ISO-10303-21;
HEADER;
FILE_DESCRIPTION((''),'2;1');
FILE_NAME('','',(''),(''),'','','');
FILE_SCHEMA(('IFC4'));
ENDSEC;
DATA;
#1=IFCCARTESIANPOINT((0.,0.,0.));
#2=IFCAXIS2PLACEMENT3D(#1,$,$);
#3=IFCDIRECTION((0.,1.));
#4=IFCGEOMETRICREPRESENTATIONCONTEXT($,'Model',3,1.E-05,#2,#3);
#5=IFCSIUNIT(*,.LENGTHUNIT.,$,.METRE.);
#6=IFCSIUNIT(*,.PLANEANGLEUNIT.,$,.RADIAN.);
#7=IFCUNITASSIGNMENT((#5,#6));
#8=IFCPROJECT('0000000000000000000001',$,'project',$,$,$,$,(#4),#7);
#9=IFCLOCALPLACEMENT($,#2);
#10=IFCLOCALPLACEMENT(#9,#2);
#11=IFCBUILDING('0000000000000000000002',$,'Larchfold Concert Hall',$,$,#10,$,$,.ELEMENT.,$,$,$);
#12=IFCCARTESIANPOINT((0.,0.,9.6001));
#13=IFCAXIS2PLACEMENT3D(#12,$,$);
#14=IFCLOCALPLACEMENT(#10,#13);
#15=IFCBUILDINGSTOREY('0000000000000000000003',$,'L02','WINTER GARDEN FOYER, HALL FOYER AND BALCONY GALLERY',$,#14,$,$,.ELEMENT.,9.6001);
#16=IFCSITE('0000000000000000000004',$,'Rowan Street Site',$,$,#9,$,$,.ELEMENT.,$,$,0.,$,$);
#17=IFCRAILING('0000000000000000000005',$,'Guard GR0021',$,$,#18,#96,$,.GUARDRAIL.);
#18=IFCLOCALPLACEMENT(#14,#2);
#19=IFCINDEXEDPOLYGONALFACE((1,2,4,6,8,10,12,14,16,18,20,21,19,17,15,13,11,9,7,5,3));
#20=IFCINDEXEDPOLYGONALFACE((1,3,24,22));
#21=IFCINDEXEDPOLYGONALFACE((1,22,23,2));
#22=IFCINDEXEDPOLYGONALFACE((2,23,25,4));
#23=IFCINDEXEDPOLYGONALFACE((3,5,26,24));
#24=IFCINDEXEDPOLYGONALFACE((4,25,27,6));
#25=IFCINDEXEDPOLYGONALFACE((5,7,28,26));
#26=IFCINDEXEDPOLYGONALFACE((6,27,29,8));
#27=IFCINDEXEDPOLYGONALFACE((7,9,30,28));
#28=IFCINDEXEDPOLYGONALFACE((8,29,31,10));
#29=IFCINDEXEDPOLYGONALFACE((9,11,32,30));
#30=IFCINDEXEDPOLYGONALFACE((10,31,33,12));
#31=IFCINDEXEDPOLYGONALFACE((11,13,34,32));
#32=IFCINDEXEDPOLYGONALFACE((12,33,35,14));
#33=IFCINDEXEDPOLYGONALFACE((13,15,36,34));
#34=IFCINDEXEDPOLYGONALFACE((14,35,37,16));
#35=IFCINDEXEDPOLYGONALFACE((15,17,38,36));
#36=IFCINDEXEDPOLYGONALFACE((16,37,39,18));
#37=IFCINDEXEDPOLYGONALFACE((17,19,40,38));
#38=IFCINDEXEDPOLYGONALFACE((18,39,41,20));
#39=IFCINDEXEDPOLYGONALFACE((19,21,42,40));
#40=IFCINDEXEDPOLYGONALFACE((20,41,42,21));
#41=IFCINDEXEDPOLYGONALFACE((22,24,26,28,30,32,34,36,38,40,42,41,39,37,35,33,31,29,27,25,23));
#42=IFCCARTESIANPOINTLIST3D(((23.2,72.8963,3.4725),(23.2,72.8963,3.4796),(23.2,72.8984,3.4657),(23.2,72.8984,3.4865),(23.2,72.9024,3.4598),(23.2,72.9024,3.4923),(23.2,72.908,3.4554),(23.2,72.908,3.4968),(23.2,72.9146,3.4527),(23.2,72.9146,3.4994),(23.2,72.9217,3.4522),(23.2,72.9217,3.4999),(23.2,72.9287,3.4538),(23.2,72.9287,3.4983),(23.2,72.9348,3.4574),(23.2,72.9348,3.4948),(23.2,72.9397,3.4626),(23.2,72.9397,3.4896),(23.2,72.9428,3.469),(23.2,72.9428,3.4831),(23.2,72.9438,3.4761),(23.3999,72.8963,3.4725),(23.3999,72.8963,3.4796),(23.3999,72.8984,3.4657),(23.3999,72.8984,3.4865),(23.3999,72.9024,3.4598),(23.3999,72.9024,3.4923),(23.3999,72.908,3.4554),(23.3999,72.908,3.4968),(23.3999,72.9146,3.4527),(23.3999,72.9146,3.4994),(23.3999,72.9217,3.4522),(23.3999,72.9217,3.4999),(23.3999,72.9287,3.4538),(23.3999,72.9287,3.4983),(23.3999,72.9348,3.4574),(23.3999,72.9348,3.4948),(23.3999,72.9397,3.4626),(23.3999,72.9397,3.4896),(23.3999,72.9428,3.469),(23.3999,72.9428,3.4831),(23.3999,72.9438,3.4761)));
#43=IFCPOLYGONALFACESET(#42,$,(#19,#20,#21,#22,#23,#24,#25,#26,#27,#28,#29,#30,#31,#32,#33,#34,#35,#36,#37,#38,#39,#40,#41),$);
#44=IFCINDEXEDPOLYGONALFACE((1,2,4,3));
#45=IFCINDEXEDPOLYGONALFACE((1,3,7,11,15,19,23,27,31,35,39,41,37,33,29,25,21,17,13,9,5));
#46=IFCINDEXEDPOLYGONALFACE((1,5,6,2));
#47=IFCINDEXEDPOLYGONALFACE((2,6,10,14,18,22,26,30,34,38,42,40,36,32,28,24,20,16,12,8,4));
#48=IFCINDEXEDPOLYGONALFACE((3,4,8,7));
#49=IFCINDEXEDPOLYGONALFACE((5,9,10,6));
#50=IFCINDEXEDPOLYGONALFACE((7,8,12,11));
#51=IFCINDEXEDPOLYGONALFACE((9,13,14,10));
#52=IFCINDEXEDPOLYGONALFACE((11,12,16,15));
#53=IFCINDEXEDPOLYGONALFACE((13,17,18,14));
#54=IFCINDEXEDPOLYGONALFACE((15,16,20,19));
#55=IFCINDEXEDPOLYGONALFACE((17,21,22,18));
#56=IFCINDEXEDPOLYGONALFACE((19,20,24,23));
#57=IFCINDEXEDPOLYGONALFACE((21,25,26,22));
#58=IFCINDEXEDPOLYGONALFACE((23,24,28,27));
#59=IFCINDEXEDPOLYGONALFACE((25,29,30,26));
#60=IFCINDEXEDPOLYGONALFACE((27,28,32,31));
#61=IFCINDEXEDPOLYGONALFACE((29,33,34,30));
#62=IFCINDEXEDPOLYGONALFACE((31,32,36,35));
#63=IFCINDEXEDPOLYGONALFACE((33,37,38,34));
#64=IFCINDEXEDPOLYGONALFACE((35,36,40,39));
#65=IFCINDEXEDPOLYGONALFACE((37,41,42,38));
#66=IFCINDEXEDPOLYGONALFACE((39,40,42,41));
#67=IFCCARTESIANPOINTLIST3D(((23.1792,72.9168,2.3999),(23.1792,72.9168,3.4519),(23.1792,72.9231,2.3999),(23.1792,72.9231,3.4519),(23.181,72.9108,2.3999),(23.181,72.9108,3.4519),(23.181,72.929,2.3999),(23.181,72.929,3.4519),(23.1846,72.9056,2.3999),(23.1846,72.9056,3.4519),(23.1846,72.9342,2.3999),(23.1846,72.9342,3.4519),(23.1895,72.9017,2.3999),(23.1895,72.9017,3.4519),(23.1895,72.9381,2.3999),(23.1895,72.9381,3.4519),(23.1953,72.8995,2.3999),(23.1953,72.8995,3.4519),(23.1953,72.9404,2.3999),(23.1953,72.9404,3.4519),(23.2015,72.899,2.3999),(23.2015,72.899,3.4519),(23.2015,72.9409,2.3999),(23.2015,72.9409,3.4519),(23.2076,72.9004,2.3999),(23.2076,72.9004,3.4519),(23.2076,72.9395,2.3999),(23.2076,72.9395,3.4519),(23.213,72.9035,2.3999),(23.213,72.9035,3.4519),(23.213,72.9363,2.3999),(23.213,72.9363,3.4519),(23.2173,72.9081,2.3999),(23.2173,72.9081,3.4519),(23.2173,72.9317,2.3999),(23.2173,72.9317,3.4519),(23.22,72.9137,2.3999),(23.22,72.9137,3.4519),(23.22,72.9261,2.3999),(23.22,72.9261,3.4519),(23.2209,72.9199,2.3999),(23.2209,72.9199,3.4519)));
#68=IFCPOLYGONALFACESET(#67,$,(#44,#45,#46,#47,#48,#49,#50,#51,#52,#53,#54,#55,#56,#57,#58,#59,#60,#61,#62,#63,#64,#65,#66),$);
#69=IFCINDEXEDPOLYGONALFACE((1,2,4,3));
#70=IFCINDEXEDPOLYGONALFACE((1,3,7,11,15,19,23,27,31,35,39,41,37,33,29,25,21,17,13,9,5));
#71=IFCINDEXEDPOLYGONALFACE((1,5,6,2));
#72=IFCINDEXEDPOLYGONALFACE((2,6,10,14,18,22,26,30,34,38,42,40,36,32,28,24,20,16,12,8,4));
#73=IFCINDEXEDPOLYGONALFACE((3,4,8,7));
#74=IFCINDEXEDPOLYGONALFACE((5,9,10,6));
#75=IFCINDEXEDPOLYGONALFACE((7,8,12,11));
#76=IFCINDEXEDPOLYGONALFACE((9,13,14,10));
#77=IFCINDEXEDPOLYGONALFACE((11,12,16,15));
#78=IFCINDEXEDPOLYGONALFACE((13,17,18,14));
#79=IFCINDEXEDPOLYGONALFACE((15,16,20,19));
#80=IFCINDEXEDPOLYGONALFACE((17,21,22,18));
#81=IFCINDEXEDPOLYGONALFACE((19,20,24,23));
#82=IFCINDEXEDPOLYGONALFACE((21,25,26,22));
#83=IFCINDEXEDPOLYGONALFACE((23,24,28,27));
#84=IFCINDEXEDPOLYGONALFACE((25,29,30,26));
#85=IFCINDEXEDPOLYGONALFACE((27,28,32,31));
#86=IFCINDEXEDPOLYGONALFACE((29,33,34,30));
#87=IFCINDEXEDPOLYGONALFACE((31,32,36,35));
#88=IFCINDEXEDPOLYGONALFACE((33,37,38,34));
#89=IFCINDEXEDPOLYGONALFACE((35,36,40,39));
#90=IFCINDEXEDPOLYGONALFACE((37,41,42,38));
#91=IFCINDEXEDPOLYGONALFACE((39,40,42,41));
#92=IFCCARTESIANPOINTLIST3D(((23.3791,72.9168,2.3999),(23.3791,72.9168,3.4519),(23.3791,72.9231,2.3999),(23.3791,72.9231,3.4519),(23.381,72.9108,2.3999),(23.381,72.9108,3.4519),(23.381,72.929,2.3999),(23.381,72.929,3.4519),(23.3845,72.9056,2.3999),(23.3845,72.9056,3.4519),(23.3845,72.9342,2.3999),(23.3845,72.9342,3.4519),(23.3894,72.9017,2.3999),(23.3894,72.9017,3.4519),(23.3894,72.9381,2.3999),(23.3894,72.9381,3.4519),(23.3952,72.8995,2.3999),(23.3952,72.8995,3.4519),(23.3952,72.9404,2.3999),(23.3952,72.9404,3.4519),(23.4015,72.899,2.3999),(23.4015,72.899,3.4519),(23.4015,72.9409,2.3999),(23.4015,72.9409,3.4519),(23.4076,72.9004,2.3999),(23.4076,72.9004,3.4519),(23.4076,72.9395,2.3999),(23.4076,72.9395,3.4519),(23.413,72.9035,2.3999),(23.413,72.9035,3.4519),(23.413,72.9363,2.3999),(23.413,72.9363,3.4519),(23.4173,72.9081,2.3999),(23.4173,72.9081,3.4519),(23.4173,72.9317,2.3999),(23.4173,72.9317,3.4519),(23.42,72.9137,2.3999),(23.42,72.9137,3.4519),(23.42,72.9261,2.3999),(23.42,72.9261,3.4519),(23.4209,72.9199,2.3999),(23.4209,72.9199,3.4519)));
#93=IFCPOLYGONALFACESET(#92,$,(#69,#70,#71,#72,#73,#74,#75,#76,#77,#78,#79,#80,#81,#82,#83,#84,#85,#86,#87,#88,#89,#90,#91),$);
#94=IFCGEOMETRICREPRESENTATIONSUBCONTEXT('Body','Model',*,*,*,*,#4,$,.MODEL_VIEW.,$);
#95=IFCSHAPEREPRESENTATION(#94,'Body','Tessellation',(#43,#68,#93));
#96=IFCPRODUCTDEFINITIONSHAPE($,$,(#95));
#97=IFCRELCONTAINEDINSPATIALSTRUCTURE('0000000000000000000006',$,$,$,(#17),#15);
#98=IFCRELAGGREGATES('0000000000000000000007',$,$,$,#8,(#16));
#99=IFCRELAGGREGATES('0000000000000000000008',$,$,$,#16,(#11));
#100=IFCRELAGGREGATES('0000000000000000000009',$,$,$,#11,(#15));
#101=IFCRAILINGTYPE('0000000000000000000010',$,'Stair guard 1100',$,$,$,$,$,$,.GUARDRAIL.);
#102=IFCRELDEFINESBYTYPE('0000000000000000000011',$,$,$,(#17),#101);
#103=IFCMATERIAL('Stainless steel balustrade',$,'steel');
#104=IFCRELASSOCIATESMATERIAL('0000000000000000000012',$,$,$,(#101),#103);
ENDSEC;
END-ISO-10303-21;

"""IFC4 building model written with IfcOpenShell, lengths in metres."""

from ifc_helpers import new_model, si_unit, direction, frame, origin, origin_2d, place, context, subcontext, project, spatial, circle, extrude, material, type_object, element, save


model = new_model("IFC4")

# Units and contexts
model_context = context("Model", 3, precision=1e-05, world=origin(), true_north=direction((0.0, 1.0)))
body_context = subcontext(model_context, "Body", "Model", "MODEL_VIEW")
ifc_project = project(units=[si_unit("LENGTHUNIT", "METRE"), si_unit("PLANEANGLEUNIT", "RADIAN")], contexts=[model_context])

# Site, building, storey
site_placement = place(None, origin())
site = spatial("IfcSite", under=ifc_project, at=site_placement, Name="Rowan Street Site", CompositionType="ELEMENT", RefElevation=0.0)
building_placement = place(site_placement, origin())
building = spatial("IfcBuilding", under=site, at=building_placement, Name="Larchfold Concert Hall", CompositionType="ELEMENT")
storey_placement = place(building_placement, frame((0.0, 0.0, 9.6001)))
storey = spatial("IfcBuildingStorey", under=building, at=storey_placement, Name="L02", Description="WINTER GARDEN FOYER, HALL FOYER AND BALCONY GALLERY", CompositionType="ELEMENT", Elevation=9.6001)

# Railing
ifc_material_1 = material(Name="Stainless steel balustrade", Category="steel")
railing_type_1 = type_object("IfcRailingType", Name="Stair guard 1100", PredefinedType="GUARDRAIL", material=ifc_material_1)
railing_1_placement = place(storey_placement, frame((23.2, 72.9199, 2.3999)))
element("IfcRailing", 1, at=railing_1_placement, inside=storey, type_object=railing_type_1, Name="Guard GR0021", PredefinedType="GUARDRAIL", context=body_context, shape_type="SweptSolid", body=[
    extrude(circle(Radius=0.0239, at=origin_2d()), frame((0.0, 0.0, 1.0762), z_axis=(1.0, 0.0, 0.0), x_axis=(0.0, 1.0, 0.0)), (0.0, 0.0, 1.0), 0.2),
    extrude(circle(Radius=0.021, at=origin_2d()), origin(), (0.0, 0.0, 1.0), 1.052),
    extrude(circle(Radius=0.021, at=origin_2d()), frame((0.2, 0.0, 0.0)), (0.0, 0.0, 1.0), 1.052),
])

save(model, "model.ifc")
